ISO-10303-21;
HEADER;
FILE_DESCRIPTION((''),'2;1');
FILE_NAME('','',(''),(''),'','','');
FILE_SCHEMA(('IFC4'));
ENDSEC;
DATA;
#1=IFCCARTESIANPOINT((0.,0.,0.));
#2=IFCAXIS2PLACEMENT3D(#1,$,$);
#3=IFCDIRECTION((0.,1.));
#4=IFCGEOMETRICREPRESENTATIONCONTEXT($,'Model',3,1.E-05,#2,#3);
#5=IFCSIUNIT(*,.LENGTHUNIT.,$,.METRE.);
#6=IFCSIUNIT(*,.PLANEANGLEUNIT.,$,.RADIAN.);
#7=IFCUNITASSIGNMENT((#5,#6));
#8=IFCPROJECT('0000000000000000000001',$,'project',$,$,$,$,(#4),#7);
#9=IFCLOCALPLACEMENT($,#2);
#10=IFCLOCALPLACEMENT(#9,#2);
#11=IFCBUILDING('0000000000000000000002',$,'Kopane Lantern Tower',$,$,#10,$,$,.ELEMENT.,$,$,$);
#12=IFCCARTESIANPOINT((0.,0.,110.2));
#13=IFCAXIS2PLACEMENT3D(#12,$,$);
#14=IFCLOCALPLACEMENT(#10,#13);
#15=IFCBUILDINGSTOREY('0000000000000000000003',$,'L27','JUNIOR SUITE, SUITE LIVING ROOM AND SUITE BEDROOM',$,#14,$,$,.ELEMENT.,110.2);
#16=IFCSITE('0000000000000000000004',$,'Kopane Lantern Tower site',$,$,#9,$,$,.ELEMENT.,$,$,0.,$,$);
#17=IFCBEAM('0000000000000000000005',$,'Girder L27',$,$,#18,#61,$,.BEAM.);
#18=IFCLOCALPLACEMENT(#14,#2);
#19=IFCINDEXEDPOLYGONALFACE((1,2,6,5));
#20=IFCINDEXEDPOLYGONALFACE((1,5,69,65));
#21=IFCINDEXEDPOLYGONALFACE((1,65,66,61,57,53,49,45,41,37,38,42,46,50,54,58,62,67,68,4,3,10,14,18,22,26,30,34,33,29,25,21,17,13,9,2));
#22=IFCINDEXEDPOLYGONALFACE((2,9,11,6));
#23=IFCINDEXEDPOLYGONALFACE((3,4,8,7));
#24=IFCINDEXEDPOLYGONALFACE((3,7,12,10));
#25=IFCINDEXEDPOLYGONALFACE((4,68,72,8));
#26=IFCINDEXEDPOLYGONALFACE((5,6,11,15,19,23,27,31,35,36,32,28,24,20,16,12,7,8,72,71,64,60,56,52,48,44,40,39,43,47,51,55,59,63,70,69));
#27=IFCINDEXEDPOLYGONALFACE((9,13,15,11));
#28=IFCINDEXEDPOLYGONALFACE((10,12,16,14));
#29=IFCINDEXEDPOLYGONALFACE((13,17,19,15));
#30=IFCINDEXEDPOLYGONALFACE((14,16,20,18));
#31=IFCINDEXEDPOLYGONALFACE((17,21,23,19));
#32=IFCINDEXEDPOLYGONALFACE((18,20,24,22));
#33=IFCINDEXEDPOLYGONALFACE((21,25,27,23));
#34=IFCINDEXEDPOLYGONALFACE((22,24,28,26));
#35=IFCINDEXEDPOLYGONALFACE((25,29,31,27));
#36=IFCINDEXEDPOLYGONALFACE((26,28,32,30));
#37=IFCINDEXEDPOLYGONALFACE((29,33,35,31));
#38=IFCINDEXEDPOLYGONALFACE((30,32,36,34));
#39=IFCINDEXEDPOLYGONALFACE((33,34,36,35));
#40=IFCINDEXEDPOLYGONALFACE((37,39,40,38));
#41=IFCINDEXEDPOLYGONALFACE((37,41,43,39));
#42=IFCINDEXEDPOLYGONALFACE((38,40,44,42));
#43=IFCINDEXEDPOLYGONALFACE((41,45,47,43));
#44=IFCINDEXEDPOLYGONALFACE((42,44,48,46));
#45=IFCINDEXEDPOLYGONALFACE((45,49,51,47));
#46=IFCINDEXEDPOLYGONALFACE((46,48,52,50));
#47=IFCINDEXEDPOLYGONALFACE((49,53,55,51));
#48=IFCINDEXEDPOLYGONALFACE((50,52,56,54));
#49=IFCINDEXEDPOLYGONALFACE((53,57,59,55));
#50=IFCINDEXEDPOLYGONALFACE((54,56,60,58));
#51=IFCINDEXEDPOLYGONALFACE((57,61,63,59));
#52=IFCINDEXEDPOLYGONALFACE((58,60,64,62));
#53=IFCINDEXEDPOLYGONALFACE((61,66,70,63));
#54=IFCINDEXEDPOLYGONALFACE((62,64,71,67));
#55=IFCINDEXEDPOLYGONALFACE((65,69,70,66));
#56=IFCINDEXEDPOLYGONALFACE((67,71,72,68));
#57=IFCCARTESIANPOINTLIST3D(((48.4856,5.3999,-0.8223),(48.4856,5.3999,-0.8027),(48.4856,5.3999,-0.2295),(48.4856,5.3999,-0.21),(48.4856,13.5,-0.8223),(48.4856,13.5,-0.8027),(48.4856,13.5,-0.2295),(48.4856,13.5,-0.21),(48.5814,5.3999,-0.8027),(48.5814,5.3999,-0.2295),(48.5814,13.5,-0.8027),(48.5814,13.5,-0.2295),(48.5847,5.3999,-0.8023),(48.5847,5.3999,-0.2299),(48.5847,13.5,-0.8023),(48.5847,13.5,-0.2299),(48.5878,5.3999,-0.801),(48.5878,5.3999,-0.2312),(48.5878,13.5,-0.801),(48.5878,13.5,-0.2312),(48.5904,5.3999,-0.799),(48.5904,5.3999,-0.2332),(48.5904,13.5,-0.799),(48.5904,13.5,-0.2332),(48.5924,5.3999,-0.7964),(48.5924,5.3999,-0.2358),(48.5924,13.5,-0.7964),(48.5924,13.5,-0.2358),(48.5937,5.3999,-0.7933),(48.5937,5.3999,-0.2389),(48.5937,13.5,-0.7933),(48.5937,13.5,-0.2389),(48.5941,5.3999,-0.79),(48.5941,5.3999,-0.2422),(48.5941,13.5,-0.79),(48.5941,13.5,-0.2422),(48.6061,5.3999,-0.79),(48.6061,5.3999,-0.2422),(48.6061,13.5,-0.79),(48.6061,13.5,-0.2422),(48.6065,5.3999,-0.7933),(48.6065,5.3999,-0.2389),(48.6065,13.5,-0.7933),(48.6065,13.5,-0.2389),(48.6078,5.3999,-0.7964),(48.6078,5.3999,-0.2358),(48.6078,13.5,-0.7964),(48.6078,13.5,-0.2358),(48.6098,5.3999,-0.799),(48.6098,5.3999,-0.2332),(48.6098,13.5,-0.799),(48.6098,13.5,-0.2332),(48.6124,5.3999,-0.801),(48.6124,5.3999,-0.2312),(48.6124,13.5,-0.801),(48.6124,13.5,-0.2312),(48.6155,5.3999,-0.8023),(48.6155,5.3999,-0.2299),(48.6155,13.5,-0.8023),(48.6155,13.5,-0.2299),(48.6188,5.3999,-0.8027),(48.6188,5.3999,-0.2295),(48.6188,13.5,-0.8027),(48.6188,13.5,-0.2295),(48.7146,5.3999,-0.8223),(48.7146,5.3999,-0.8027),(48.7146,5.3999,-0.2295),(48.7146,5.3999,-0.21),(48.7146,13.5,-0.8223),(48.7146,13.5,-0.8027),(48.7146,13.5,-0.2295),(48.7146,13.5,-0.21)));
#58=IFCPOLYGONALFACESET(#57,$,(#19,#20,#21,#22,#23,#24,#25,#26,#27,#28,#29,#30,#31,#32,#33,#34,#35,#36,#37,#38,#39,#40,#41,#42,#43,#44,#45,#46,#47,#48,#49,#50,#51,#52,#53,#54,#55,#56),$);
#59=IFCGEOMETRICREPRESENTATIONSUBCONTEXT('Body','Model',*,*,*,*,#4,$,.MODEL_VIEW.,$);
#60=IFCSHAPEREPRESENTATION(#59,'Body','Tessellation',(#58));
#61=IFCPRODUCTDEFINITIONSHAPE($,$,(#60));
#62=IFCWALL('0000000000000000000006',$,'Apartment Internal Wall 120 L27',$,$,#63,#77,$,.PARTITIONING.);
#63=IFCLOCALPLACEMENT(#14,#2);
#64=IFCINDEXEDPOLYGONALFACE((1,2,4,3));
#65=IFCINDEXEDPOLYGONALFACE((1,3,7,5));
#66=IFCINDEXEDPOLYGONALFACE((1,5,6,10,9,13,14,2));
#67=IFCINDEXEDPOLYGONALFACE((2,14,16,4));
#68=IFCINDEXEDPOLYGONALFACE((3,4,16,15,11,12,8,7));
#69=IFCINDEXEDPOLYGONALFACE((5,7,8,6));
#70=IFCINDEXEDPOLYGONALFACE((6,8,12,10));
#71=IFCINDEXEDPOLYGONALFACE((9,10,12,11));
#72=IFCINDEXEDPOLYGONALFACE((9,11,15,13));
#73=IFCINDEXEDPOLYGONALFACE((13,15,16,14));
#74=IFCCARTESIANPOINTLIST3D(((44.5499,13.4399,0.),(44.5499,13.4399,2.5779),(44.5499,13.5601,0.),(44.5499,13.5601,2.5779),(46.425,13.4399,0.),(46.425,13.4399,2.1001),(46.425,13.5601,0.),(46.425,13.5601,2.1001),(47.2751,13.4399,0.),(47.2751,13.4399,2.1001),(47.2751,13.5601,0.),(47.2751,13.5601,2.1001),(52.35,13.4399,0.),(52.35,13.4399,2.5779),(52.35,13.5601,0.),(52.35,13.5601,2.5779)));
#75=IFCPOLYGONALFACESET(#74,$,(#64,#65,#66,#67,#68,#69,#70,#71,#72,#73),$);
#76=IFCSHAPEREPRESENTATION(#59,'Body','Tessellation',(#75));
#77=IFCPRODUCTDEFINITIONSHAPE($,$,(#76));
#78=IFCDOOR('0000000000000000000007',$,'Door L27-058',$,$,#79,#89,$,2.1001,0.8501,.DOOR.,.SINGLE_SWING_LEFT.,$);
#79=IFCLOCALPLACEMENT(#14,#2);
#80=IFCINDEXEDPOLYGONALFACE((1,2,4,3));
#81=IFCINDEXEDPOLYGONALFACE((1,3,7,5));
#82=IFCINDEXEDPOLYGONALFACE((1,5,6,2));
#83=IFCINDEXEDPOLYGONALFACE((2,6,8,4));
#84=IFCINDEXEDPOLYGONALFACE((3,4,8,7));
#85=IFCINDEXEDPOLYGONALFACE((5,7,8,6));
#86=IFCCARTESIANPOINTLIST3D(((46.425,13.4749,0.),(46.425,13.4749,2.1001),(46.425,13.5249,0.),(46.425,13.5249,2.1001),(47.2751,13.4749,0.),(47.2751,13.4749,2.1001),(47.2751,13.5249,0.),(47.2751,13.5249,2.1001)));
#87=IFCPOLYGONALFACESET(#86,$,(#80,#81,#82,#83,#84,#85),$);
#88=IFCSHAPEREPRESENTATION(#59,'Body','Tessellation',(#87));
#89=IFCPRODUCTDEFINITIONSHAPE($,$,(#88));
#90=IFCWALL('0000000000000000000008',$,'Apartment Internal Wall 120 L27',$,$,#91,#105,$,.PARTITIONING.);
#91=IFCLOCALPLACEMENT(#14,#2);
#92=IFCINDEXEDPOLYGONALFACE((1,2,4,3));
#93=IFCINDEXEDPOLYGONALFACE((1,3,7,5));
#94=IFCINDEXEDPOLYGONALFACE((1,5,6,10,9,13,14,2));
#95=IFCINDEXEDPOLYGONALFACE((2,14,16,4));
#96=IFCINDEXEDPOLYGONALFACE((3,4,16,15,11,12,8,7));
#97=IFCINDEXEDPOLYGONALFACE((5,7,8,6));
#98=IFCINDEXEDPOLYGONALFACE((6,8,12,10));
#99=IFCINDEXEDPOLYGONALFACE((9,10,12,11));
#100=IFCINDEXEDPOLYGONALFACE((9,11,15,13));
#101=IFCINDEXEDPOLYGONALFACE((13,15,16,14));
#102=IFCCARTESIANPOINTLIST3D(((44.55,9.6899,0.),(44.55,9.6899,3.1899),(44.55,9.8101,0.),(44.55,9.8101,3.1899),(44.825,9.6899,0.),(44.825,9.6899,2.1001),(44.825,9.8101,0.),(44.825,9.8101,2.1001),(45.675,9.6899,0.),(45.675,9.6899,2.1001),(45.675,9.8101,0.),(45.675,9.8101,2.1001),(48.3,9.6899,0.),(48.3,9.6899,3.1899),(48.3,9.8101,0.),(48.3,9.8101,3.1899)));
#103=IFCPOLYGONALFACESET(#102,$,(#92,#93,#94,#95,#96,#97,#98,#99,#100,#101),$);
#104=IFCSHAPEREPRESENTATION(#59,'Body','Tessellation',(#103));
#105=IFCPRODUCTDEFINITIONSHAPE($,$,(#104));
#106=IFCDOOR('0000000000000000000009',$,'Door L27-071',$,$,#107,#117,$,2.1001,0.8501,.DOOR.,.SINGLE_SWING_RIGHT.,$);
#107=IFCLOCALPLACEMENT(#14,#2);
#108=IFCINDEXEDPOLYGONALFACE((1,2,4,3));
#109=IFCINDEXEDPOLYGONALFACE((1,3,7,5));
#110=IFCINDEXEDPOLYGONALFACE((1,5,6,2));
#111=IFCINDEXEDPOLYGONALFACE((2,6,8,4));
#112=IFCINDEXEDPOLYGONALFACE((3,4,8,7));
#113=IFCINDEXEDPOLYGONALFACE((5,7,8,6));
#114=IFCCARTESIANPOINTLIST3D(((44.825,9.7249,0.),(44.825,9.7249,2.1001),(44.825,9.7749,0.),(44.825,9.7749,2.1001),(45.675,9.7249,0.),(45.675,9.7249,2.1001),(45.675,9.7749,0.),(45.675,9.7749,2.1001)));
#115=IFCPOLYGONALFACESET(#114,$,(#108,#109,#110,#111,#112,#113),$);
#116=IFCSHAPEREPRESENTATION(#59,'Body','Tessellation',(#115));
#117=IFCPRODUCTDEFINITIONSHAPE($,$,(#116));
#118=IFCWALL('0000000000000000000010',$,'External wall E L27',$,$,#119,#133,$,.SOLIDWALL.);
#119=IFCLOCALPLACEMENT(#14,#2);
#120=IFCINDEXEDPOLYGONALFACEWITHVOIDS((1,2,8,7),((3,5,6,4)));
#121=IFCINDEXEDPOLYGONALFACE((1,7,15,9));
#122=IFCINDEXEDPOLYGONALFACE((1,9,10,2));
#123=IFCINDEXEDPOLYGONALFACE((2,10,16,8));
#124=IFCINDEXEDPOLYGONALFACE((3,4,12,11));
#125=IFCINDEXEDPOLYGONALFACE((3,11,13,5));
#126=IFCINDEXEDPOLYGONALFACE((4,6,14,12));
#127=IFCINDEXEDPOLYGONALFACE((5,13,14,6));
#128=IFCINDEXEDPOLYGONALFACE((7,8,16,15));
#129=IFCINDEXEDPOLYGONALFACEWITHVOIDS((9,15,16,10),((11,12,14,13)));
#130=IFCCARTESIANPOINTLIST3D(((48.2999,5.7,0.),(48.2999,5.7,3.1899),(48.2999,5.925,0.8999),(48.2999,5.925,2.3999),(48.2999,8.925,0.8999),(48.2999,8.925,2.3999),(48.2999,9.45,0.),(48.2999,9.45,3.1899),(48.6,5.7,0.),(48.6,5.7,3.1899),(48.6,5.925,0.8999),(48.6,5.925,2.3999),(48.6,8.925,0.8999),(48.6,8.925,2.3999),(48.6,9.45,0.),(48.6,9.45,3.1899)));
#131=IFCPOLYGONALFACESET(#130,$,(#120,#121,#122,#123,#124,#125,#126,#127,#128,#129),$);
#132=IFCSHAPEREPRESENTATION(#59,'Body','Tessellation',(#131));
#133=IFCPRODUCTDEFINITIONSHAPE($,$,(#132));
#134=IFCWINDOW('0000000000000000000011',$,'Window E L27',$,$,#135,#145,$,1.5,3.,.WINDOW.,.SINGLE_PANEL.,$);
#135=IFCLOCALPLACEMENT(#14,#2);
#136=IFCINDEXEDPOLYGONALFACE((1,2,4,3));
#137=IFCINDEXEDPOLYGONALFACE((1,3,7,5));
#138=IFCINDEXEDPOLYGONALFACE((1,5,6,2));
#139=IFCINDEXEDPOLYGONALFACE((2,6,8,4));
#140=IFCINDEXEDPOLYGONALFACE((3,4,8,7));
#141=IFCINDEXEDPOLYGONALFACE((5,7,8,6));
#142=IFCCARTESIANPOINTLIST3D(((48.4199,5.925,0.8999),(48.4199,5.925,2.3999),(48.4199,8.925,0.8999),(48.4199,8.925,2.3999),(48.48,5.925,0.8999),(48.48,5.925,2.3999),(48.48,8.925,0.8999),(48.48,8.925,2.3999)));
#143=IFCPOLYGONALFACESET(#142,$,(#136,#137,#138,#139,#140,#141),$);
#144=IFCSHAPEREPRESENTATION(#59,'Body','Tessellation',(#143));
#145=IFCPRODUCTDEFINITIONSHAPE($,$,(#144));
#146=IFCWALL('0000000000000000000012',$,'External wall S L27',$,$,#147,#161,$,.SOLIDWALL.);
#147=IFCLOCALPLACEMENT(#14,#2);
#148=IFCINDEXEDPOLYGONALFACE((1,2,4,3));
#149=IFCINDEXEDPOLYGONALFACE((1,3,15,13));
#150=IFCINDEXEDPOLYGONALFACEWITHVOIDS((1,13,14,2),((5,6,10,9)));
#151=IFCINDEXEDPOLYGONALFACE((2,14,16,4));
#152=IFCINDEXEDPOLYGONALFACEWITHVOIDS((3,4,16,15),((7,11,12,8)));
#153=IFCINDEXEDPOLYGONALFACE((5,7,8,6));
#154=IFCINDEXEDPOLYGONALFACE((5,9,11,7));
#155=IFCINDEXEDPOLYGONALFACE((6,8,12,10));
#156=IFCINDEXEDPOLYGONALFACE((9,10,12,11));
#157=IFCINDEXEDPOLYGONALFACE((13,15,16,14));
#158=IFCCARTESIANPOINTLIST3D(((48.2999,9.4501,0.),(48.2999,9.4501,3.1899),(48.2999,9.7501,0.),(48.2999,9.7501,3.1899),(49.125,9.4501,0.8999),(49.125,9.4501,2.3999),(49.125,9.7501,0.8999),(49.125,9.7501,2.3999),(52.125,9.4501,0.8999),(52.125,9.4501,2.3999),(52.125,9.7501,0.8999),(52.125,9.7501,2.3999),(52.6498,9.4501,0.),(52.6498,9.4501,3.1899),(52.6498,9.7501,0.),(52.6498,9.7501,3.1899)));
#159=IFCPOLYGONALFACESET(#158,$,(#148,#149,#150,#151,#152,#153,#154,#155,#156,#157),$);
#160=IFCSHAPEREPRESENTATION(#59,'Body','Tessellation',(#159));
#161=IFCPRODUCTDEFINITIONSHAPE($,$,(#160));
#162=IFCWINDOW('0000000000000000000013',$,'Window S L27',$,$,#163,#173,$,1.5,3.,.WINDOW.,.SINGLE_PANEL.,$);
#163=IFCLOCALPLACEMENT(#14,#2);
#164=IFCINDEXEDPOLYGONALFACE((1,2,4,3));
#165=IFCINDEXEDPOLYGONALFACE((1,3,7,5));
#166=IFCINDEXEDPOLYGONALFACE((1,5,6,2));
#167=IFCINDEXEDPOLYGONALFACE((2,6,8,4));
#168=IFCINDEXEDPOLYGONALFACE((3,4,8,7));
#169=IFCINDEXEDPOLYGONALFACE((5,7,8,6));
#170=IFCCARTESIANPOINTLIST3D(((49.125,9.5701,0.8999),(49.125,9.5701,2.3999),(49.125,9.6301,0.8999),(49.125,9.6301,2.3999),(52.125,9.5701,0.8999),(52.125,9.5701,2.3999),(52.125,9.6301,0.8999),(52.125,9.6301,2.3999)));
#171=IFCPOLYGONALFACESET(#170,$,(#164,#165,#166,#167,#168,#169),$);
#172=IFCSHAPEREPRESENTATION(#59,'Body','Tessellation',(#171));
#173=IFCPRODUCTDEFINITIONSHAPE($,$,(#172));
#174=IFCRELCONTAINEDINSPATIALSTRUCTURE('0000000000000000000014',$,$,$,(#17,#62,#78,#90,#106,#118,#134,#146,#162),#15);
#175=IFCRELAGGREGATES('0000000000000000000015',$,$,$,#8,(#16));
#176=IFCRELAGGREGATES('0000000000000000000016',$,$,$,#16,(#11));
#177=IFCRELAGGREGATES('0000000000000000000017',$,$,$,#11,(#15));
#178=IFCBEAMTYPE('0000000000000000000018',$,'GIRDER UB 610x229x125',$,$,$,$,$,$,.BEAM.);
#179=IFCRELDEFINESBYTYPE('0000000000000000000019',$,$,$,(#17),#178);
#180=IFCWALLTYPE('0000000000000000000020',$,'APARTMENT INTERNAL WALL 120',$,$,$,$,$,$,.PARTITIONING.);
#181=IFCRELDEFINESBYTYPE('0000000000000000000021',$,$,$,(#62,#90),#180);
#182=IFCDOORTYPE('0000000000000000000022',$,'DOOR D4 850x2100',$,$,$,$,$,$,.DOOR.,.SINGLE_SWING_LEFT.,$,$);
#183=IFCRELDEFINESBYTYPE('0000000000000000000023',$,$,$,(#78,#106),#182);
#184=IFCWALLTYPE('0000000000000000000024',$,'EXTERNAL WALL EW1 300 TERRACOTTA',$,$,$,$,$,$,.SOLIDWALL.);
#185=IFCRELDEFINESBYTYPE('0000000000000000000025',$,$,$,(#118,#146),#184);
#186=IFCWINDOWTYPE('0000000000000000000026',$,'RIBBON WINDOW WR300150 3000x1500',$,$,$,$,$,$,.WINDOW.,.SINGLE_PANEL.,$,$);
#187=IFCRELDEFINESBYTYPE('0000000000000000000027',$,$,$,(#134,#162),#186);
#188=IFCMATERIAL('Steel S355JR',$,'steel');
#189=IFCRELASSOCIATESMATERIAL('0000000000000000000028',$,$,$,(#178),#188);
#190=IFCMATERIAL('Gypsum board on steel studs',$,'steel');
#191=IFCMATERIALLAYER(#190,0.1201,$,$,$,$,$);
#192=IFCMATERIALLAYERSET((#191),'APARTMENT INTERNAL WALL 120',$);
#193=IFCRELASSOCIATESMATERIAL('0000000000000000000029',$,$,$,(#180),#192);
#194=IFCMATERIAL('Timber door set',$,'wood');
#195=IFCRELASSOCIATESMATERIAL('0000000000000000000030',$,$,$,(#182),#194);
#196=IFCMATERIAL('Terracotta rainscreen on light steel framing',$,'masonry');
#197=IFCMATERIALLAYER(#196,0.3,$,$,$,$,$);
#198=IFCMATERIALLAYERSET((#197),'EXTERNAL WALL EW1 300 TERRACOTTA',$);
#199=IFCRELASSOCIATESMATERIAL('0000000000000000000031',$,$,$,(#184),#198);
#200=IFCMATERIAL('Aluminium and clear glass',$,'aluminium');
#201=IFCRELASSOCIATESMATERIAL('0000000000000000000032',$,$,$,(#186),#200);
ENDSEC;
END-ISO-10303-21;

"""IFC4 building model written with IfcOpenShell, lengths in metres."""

from ifc_helpers import new_model, si_unit, direction, frame, frame_2d, origin, origin_2d, place, context, subcontext, project, spatial, rectangle, i_section, extrude, material, layer, layer_set, material_profile, profile_set, type_object, element, fill, save


model = new_model("IFC4")

# Units and contexts
model_context = context("Model", 3, precision=1e-05, world=origin(), true_north=direction((0.0, 1.0)))
body_context = subcontext(model_context, "Body", "Model", "MODEL_VIEW")
ifc_project = project(units=[si_unit("LENGTHUNIT", "METRE"), si_unit("PLANEANGLEUNIT", "RADIAN")], contexts=[model_context])

# Site, building, storey
site_placement = place(None, origin())
site = spatial("IfcSite", under=ifc_project, at=site_placement, Name="Kopane Lantern Tower site", CompositionType="ELEMENT", RefElevation=0.0)
building_placement = place(site_placement, origin())
building = spatial("IfcBuilding", under=site, at=building_placement, Name="Kopane Lantern Tower", CompositionType="ELEMENT")
storey_placement = place(building_placement, frame((0.0, 0.0, 110.2)))
storey = spatial("IfcBuildingStorey", under=building, at=storey_placement, Name="L27", Description="JUNIOR SUITE, SUITE LIVING ROOM AND SUITE BEDROOM", CompositionType="ELEMENT", Elevation=110.2)

# Beam
ifc_material_1 = material(Name="Steel S355JR", Category="steel")
ifc_material_profile_1 = material_profile(ifc_material_1, i_section(OverallWidth=0.229, OverallDepth=0.6123, WebThickness=0.012, FlangeThickness=0.0195, FilletRadius=0.0127, at=origin_2d()), Name="UB 610x229x125")
ifc_profile_set_1 = profile_set([ifc_material_profile_1], Name="Steel S355JR")
beam_type_1 = type_object("IfcBeamType", Name="GIRDER UB 610x229x125", PredefinedType="BEAM", material=ifc_profile_set_1)
beam_1_placement = place(storey_placement, frame((48.6001, 5.3999, -0.5161), z_axis=(0.0, 1.0, 0.0), x_axis=(-1.0, 0.0, 0.0)))
element("IfcBeam", 1, at=beam_1_placement, inside=storey, type_object=beam_type_1, Name="Girder L27", PredefinedType="BEAM", context=body_context, shape_type="SweptSolid", body=[
    extrude(i_section(OverallWidth=0.229, OverallDepth=0.6123, WebThickness=0.012, FlangeThickness=0.0195, FilletRadius=0.0127, at=origin_2d()), origin(), (0.0, 0.0, 1.0), 8.1001),
])

# Walls, openings, doors
ifc_material_2 = material(Name="Gypsum board on steel studs", Category="steel")
ifc_layer_1 = layer(ifc_material_2, 0.1201)
ifc_layer_set_1 = layer_set([ifc_layer_1], Name="APARTMENT INTERNAL WALL 120")
wall_type_1 = type_object("IfcWallType", Name="APARTMENT INTERNAL WALL 120", PredefinedType="PARTITIONING", material=ifc_layer_set_1)
wall_1_placement = place(storey_placement, frame((44.55, 13.5, 0.0), z_axis=(0.0, 0.0, 1.0), x_axis=(1.0, 0.0, 0.0)))
wall_1 = element("IfcWall", 2, at=wall_1_placement, inside=storey, type_object=wall_type_1, Name="Apartment Internal Wall 120 L27", PredefinedType="PARTITIONING", context=body_context, shape_type="SweptSolid", body=[
    extrude(rectangle(XDim=7.8, YDim=0.1201, at=frame_2d((3.8999, 0.0))), origin(), (0.0, 0.0, 1.0), 2.5779),
])
opening_1_placement = place(wall_1_placement, frame((1.875, 0.0, 0.0)))
opening_1 = element("IfcOpeningElement", 3, at=opening_1_placement, cuts=wall_1, PredefinedType="OPENING", context=body_context, shape_type="SweptSolid", body=[
    extrude(rectangle(XDim=0.8501, YDim=2.1001, at=frame_2d((0.425, 1.05))), frame((0.0, 0.0701, 0.0), z_axis=(0.0, -1.0, 0.0), x_axis=(1.0, 0.0, 0.0)), (0.0, 0.0, 1.0), 0.1401),
])
ifc_material_3 = material(Name="Timber door set", Category="wood")
door_type = type_object("IfcDoorType", Name="DOOR D4 850x2100", OperationType="SINGLE_SWING_LEFT", PredefinedType="DOOR", material=ifc_material_3)
door_1_placement = place(opening_1_placement, origin())
door_1 = element("IfcDoor", 4, at=door_1_placement, inside=storey, type_object=door_type, Name="Door L27-058", OperationType="SINGLE_SWING_LEFT", OverallHeight=2.1001, OverallWidth=0.8501, PredefinedType="DOOR", context=body_context, shape_type="SweptSolid", body=[
    extrude(rectangle(XDim=0.8501, YDim=2.1001, at=frame_2d((0.425, 1.05))), frame((0.0, 0.0249, 0.0), z_axis=(0.0, -1.0, 0.0), x_axis=(1.0, 0.0, 0.0)), (0.0, 0.0, 1.0), 0.05),
])
fill(opening_1, door_1)
wall_2_placement = place(storey_placement, frame((44.55, 9.75, 0.0), z_axis=(0.0, 0.0, 1.0), x_axis=(1.0, 0.0, 0.0)))
wall_2 = element("IfcWall", 5, at=wall_2_placement, inside=storey, type_object=wall_type_1, Name="Apartment Internal Wall 120 L27", PredefinedType="PARTITIONING", context=body_context, shape_type="SweptSolid", body=[
    extrude(rectangle(XDim=3.75, YDim=0.1201, at=frame_2d((1.875, 0.0))), origin(), (0.0, 0.0, 1.0), 3.1899),
])
opening_2_placement = place(wall_2_placement, frame((0.2749, 0.0, 0.0)))
opening_2 = element("IfcOpeningElement", 6, at=opening_2_placement, cuts=wall_2, PredefinedType="OPENING", context=body_context, shape_type="SweptSolid", body=[
    extrude(rectangle(XDim=0.8501, YDim=2.1001, at=frame_2d((0.425, 1.05))), frame((0.0, 0.0701, 0.0), z_axis=(0.0, -1.0, 0.0), x_axis=(1.0, 0.0, 0.0)), (0.0, 0.0, 1.0), 0.1401),
])
door_2_placement = place(opening_2_placement, origin())
door_2 = element("IfcDoor", 7, at=door_2_placement, inside=storey, type_object=door_type, Name="Door L27-071", OperationType="SINGLE_SWING_RIGHT", OverallHeight=2.1001, OverallWidth=0.8501, PredefinedType="DOOR", context=body_context, shape_type="SweptSolid", body=[
    extrude(rectangle(XDim=0.8501, YDim=2.1001, at=frame_2d((0.425, 1.05))), frame((0.0, 0.0249, 0.0), z_axis=(0.0, -1.0, 0.0), x_axis=(1.0, 0.0, 0.0)), (0.0, 0.0, 1.0), 0.05),
])
fill(opening_2, door_2)

# Walls, openings, windows
ifc_material_4 = material(Name="Terracotta rainscreen on light steel framing", Category="masonry")
ifc_layer_2 = layer(ifc_material_4, 0.3)
ifc_layer_set_2 = layer_set([ifc_layer_2], Name="EXTERNAL WALL EW1 300 TERRACOTTA")
wall_type_2 = type_object("IfcWallType", Name="EXTERNAL WALL EW1 300 TERRACOTTA", PredefinedType="SOLIDWALL", material=ifc_layer_set_2)
wall_3_placement = place(storey_placement, frame((48.45, 5.7, 0.0), z_axis=(0.0, 0.0, 1.0), x_axis=(0.0, 1.0, 0.0)))
wall_3 = element("IfcWall", 8, at=wall_3_placement, inside=storey, type_object=wall_type_2, Name="External wall E L27", PredefinedType="SOLIDWALL", context=body_context, shape_type="SweptSolid", body=[
    extrude(rectangle(XDim=3.75, YDim=0.3, at=frame_2d((1.875, 0.0))), origin(), (0.0, 0.0, 1.0), 3.1899),
])
opening_3_placement = place(wall_3_placement, frame((0.2251, 0.0, 0.8999)))
opening_3 = element("IfcOpeningElement", 9, at=opening_3_placement, cuts=wall_3, PredefinedType="OPENING", context=body_context, shape_type="SweptSolid", body=[
    extrude(rectangle(XDim=3.0, YDim=1.5, at=frame_2d((1.5, 0.75))), frame((0.0, 0.1599, 0.0), z_axis=(0.0, -1.0, 0.0), x_axis=(1.0, 0.0, 0.0)), (0.0, 0.0, 1.0), 0.3201),
])
ifc_material_5 = material(Name="Aluminium and clear glass", Category="aluminium")
window_type = type_object("IfcWindowType", Name="RIBBON WINDOW WR300150 3000x1500", PartitioningType="SINGLE_PANEL", PredefinedType="WINDOW", material=ifc_material_5)
window_1_placement = place(opening_3_placement, origin())
window_1 = element("IfcWindow", 10, at=window_1_placement, inside=storey, type_object=window_type, Name="Window E L27", OverallHeight=1.5, OverallWidth=3.0, PartitioningType="SINGLE_PANEL", PredefinedType="WINDOW", context=body_context, shape_type="SweptSolid", body=[
    extrude(rectangle(XDim=3.0, YDim=1.5, at=frame_2d((1.5, 0.75))), frame((0.0, 0.03, 0.0), z_axis=(0.0, -1.0, 0.0), x_axis=(1.0, 0.0, 0.0)), (0.0, 0.0, 1.0), 0.0601),
])
fill(opening_3, window_1)
wall_4_placement = place(storey_placement, frame((48.3, 9.6001, 0.0), z_axis=(0.0, 0.0, 1.0), x_axis=(1.0, 0.0, 0.0)))
wall_4 = element("IfcWall", 11, at=wall_4_placement, inside=storey, type_object=wall_type_2, Name="External wall S L27", PredefinedType="SOLIDWALL", context=body_context, shape_type="SweptSolid", body=[
    extrude(rectangle(XDim=4.3499, YDim=0.3, at=frame_2d((2.1748, 0.0))), origin(), (0.0, 0.0, 1.0), 3.1899),
])
opening_4_placement = place(wall_4_placement, frame((0.825, 0.0, 0.8999)))
opening_4 = element("IfcOpeningElement", 12, at=opening_4_placement, cuts=wall_4, PredefinedType="OPENING", context=body_context, shape_type="SweptSolid", body=[
    extrude(rectangle(XDim=3.0, YDim=1.5, at=frame_2d((1.5, 0.75))), frame((0.0, 0.1599, 0.0), z_axis=(0.0, -1.0, 0.0), x_axis=(1.0, 0.0, 0.0)), (0.0, 0.0, 1.0), 0.3201),
])
window_2_placement = place(opening_4_placement, origin())
window_2 = element("IfcWindow", 13, at=window_2_placement, inside=storey, type_object=window_type, Name="Window S L27", OverallHeight=1.5, OverallWidth=3.0, PartitioningType="SINGLE_PANEL", PredefinedType="WINDOW", context=body_context, shape_type="SweptSolid", body=[
    extrude(rectangle(XDim=3.0, YDim=1.5, at=frame_2d((1.5, 0.75))), frame((0.0, 0.03, 0.0), z_axis=(0.0, -1.0, 0.0), x_axis=(1.0, 0.0, 0.0)), (0.0, 0.0, 1.0), 0.0601),
])
fill(opening_4, window_2)

save(model, "model.ifc")
